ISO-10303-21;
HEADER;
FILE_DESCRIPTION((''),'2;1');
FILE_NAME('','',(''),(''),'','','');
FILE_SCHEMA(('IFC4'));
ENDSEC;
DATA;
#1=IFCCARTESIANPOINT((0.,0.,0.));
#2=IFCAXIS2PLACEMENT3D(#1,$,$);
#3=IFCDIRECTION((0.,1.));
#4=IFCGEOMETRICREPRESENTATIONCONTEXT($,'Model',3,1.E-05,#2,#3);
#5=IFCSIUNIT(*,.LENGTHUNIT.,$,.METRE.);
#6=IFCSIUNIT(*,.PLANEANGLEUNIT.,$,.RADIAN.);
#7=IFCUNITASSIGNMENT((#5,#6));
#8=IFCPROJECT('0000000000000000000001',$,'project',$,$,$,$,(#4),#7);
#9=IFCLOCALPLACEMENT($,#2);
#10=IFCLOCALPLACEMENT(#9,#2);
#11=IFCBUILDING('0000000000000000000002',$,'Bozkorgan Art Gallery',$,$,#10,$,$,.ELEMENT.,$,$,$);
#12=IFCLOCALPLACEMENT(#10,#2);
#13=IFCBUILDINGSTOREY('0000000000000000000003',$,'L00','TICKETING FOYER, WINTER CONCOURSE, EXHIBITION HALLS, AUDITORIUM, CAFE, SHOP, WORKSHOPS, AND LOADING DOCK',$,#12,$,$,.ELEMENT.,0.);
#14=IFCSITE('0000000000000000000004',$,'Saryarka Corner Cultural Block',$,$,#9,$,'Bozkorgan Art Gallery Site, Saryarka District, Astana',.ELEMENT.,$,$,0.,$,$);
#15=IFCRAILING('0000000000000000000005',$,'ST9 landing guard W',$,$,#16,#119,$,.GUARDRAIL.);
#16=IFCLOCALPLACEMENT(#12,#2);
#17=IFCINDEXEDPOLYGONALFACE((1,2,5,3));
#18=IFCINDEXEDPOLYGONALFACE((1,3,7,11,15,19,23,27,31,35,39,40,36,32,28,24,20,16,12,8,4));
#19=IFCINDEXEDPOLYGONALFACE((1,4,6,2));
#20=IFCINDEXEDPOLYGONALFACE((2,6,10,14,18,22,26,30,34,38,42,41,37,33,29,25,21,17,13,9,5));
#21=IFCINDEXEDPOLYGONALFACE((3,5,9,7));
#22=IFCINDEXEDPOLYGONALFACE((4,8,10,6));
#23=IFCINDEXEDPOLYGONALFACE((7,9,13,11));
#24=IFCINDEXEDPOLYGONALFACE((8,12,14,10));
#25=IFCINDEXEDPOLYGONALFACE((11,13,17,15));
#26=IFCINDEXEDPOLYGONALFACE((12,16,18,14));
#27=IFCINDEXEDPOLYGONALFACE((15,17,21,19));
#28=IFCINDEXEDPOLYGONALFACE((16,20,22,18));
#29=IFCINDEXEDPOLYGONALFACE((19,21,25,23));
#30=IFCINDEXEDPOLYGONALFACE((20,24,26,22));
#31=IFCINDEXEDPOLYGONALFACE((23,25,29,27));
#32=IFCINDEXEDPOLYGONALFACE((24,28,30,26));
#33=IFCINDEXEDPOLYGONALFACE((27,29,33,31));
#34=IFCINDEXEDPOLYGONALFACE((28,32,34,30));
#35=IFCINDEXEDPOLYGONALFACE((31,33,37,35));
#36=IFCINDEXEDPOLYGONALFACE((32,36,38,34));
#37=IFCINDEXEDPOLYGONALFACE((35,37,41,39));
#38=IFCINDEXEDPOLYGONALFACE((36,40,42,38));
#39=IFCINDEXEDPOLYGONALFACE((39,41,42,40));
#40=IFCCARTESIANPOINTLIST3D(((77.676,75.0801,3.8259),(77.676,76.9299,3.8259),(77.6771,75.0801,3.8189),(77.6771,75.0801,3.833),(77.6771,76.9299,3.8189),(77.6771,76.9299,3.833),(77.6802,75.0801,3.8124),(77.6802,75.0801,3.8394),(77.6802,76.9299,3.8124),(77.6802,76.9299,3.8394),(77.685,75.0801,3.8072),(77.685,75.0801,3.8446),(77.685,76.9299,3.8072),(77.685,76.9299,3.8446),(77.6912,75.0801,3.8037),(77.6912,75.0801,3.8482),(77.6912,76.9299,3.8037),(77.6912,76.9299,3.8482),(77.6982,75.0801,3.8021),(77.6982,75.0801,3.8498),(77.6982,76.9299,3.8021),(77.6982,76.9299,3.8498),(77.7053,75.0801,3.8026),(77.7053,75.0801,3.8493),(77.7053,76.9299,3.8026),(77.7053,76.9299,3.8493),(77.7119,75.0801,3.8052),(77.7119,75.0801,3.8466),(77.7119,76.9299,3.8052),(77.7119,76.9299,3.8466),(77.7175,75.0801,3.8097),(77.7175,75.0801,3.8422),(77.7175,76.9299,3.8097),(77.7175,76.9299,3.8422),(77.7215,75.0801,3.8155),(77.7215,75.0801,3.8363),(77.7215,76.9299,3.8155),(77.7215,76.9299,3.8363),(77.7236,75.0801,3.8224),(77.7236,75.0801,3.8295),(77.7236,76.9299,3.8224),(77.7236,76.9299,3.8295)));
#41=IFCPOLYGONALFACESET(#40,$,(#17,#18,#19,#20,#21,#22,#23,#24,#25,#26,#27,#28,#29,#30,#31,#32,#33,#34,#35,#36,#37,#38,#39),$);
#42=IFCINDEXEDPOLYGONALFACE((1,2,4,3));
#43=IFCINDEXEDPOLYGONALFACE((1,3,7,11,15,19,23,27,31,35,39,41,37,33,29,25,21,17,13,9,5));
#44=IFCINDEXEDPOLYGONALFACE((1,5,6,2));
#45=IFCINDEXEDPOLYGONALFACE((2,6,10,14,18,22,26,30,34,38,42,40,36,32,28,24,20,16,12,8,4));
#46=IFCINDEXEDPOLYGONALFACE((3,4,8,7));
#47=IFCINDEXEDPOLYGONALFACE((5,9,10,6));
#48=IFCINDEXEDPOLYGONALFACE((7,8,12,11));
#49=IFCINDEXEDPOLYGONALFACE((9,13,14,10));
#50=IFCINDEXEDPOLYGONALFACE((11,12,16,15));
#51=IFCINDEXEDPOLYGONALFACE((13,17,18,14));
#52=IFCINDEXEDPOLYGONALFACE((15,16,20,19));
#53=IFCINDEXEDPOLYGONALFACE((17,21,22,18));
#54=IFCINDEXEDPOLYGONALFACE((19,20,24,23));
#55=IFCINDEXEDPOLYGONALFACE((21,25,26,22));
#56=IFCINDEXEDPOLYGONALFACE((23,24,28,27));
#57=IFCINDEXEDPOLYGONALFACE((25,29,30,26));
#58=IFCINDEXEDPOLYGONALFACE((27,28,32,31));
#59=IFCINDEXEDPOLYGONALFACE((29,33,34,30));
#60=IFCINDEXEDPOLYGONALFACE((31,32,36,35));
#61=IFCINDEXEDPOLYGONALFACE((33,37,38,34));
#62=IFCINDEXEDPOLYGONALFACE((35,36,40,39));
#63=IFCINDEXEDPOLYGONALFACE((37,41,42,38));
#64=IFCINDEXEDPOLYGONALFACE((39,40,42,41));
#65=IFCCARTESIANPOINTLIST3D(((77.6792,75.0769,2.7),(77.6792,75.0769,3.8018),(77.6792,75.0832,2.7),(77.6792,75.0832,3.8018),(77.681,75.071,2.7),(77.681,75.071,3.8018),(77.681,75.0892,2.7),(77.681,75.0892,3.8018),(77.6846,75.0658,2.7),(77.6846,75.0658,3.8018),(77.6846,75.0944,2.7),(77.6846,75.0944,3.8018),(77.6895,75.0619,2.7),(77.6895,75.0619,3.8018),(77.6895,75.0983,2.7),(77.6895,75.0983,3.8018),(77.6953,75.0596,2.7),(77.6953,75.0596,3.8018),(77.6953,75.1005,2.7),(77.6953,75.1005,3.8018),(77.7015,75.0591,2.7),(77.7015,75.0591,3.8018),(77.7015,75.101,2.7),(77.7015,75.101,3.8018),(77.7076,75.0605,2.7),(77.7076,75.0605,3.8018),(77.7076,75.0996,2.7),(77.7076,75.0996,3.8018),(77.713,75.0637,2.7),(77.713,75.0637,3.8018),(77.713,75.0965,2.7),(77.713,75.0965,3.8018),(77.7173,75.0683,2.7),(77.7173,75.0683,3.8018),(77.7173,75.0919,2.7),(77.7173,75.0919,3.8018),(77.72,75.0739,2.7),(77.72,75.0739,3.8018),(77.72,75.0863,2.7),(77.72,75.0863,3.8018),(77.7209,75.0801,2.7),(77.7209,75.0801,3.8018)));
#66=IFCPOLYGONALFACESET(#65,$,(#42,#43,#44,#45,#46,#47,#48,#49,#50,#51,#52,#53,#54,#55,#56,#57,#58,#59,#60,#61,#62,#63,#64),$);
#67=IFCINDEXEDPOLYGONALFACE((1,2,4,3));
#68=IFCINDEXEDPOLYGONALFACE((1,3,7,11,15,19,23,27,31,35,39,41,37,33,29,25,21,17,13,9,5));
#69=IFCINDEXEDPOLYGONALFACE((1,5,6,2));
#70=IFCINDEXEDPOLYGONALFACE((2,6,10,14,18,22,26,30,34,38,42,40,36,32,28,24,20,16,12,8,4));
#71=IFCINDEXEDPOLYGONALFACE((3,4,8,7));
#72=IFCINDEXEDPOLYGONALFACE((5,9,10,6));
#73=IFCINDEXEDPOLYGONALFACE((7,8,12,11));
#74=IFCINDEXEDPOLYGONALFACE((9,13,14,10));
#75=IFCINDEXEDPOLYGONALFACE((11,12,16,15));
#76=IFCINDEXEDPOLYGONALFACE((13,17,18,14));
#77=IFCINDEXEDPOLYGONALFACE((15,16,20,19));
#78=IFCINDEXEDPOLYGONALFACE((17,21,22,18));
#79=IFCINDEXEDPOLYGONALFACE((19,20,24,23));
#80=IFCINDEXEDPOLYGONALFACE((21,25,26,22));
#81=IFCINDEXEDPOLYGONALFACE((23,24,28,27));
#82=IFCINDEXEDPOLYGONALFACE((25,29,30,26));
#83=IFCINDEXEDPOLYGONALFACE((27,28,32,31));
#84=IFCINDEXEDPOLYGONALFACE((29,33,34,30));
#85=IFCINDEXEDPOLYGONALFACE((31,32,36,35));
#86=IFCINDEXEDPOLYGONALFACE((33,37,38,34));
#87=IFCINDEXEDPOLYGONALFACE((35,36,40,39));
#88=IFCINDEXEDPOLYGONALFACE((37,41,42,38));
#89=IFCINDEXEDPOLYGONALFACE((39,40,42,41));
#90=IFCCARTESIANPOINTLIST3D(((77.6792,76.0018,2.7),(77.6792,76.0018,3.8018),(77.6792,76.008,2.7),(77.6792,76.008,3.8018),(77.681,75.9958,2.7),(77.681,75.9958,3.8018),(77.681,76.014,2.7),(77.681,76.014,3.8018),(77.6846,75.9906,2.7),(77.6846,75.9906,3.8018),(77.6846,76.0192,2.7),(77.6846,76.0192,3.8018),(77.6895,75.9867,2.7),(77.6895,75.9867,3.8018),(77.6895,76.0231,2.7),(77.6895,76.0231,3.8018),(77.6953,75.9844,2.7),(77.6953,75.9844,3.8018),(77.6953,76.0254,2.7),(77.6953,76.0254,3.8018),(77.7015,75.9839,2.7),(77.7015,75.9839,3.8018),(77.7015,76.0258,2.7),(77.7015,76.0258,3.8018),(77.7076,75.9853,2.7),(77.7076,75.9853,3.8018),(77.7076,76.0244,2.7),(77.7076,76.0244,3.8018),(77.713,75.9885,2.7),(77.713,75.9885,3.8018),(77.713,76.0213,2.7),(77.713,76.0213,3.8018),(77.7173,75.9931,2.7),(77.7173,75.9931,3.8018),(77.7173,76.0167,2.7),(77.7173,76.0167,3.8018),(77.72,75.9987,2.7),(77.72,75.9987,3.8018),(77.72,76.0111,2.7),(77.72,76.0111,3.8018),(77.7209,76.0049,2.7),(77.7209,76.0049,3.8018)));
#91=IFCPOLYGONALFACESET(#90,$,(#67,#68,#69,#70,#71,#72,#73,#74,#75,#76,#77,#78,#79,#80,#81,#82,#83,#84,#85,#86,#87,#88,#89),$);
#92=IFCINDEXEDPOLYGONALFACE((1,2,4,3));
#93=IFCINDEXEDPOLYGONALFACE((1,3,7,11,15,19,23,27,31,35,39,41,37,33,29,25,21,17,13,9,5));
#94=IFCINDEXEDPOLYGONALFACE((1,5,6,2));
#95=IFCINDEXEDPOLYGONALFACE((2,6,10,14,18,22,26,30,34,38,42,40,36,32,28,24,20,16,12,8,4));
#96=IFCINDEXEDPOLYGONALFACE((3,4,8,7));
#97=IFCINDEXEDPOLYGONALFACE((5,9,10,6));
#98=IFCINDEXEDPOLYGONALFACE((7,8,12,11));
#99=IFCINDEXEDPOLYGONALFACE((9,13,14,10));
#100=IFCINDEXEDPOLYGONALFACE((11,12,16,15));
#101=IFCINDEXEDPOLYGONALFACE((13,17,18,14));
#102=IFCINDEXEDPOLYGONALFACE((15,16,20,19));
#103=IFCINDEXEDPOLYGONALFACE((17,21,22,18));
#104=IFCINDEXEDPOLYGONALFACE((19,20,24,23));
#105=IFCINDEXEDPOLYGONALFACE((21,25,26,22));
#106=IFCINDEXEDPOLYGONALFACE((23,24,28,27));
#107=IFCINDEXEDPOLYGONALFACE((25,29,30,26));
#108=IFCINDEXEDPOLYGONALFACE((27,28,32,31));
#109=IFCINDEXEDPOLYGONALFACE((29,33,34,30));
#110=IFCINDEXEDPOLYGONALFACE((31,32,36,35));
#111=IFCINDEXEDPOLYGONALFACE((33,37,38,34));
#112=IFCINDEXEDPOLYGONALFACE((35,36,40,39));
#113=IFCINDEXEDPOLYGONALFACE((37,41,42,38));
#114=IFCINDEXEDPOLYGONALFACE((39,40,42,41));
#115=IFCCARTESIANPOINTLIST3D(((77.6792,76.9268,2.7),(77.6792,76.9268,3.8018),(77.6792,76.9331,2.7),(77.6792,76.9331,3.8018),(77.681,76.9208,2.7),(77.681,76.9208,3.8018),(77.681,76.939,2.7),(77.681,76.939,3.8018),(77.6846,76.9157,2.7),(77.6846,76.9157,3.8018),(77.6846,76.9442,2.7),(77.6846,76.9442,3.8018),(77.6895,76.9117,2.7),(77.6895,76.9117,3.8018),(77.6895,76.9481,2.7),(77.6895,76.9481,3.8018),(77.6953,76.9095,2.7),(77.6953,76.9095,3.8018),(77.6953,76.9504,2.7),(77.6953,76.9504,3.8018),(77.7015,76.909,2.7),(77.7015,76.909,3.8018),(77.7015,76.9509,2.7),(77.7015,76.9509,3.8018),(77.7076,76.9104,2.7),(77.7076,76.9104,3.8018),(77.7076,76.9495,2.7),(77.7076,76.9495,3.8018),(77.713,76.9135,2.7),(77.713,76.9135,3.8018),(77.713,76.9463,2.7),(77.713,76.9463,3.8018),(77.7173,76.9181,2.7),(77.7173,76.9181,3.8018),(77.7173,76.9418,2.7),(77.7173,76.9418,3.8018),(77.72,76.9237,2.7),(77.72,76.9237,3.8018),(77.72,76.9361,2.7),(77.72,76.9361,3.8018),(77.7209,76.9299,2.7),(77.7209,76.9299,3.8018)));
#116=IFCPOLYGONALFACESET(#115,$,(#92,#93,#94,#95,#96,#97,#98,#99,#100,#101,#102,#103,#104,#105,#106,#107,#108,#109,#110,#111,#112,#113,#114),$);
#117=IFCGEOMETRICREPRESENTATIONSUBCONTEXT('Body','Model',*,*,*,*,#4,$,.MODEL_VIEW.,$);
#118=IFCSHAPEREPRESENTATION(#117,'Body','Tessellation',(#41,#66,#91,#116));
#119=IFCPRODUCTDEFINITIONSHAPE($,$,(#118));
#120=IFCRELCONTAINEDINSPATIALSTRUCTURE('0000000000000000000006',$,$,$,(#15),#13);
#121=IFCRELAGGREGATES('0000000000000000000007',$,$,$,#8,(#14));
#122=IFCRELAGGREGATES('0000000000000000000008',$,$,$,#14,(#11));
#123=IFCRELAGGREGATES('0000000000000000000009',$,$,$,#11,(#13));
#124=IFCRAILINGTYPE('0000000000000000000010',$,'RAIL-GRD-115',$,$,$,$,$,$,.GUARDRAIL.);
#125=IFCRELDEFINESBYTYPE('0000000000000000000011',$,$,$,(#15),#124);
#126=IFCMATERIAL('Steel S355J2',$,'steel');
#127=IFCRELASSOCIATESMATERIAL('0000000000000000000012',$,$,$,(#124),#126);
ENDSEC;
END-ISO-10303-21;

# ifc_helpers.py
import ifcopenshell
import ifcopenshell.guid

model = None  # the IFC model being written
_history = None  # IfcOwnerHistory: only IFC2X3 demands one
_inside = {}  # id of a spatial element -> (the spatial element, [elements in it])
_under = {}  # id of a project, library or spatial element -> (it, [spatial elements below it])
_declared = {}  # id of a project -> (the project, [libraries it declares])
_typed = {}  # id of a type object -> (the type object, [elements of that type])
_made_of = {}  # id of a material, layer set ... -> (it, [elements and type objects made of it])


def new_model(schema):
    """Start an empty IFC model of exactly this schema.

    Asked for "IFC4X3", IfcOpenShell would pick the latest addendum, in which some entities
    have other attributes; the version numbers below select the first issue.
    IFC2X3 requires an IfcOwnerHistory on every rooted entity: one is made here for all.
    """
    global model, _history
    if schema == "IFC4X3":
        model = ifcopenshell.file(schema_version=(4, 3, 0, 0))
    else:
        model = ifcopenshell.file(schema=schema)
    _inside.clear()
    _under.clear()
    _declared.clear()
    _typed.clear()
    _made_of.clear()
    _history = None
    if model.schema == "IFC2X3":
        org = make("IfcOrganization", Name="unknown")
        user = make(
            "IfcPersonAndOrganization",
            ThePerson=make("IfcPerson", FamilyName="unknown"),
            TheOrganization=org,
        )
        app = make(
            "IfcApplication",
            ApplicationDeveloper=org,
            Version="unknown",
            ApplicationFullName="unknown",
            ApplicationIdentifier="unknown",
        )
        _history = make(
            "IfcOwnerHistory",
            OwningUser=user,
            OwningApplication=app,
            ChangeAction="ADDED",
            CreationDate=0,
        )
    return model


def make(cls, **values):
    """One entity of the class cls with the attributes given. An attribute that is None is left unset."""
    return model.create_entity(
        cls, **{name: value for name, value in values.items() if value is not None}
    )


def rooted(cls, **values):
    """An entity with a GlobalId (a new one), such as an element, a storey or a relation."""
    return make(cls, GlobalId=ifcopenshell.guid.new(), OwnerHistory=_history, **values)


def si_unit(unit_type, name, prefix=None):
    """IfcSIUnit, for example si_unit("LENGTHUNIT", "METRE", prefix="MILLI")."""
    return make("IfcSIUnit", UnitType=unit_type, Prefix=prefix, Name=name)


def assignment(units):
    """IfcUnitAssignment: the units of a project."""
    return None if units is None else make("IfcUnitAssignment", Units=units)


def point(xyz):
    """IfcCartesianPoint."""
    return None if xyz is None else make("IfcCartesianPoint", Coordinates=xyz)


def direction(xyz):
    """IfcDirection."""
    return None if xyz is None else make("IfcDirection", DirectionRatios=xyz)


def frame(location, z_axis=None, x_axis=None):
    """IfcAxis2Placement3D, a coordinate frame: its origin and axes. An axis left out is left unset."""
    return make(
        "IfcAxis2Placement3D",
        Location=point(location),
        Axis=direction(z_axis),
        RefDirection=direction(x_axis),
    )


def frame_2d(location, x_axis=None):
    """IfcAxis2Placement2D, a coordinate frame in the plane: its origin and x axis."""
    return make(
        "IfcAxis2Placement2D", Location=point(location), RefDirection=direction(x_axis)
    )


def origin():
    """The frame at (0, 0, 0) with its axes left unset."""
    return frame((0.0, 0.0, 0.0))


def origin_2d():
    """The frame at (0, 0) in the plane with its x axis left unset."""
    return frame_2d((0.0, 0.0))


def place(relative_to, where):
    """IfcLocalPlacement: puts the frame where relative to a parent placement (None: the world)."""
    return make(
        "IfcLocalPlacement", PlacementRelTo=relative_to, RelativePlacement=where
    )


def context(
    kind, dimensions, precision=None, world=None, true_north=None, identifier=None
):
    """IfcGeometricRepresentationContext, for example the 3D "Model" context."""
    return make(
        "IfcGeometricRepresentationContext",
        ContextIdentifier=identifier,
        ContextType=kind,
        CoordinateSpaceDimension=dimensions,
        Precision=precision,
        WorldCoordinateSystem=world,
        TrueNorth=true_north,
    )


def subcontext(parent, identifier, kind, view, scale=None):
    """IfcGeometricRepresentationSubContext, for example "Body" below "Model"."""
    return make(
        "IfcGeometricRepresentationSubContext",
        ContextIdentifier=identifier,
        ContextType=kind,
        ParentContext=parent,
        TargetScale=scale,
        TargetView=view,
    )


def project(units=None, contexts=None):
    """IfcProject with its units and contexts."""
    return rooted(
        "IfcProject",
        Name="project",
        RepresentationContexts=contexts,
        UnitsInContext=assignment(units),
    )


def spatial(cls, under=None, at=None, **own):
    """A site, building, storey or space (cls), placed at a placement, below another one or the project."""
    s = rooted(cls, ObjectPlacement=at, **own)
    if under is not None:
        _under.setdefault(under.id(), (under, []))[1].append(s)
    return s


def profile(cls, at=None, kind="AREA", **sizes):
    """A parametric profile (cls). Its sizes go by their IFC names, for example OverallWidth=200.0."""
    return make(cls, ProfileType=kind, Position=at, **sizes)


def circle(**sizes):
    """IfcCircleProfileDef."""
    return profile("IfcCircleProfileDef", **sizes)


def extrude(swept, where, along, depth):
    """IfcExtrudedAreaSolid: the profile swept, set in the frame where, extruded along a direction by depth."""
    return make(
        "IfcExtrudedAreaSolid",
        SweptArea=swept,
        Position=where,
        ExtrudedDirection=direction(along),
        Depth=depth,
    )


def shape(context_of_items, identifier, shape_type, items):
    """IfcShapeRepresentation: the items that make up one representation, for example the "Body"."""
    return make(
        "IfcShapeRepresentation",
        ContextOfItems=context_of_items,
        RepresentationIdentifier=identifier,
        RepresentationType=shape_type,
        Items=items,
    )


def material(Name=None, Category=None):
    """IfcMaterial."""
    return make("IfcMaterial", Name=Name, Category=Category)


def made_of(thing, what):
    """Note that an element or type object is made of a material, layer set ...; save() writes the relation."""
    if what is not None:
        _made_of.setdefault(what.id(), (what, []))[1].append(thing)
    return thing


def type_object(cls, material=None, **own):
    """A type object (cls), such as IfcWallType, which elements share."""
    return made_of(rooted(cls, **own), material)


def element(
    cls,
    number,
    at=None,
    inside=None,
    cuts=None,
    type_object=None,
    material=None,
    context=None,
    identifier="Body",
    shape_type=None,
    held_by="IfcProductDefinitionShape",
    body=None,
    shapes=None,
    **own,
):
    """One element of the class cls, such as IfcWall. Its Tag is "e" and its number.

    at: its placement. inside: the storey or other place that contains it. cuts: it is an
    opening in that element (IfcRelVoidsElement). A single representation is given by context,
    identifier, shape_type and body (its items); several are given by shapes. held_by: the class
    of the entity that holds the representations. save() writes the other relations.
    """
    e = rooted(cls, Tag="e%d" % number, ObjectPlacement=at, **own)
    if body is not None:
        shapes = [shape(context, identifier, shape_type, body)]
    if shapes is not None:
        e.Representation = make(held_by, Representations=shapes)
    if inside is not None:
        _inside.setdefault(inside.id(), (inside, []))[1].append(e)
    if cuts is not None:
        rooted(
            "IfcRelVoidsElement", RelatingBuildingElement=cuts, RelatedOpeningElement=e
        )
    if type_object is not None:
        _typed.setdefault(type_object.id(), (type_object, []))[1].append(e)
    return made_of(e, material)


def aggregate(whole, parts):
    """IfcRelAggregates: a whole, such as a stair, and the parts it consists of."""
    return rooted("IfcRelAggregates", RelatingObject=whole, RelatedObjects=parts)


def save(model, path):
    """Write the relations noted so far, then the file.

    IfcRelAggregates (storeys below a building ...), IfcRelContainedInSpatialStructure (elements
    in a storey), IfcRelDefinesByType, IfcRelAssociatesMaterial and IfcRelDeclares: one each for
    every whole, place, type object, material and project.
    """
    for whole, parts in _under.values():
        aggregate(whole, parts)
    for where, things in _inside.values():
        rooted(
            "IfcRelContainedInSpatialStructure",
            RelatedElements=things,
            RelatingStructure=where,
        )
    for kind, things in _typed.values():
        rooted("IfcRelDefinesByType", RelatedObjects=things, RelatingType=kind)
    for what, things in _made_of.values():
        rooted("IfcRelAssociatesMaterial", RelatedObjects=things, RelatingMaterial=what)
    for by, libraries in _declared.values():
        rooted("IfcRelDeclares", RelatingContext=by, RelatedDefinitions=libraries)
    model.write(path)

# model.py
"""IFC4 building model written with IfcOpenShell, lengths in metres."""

from ifc_helpers import new_model, si_unit, direction, frame, origin, origin_2d, place, context, subcontext, project, spatial, circle, extrude, material, type_object, element, save


model = new_model("IFC4")

# Units and contexts
model_context = context("Model", 3, precision=1e-05, world=origin(), true_north=direction((0.0, 1.0)))
body_context = subcontext(model_context, "Body", "Model", "MODEL_VIEW")
ifc_project = project(units=[si_unit("LENGTHUNIT", "METRE"), si_unit("PLANEANGLEUNIT", "RADIAN")], contexts=[model_context])

# Site, building, storey
site_placement = place(None, origin())
site = spatial("IfcSite", under=ifc_project, at=site_placement, Name="Saryarka Corner Cultural Block", LongName="Bozkorgan Art Gallery Site, Saryarka District, Astana", CompositionType="ELEMENT", RefElevation=0.0)
building_placement = place(site_placement, origin())
building = spatial("IfcBuilding", under=site, at=building_placement, Name="Bozkorgan Art Gallery", CompositionType="ELEMENT")
storey_placement = place(building_placement, origin())
storey = spatial("IfcBuildingStorey", under=building, at=storey_placement, Name="L00", Description="TICKETING FOYER, WINTER CONCOURSE, EXHIBITION HALLS, AUDITORIUM, CAFE, SHOP, WORKSHOPS, AND LOADING DOCK", CompositionType="ELEMENT", Elevation=0.0)

# Shared definitions
ifc_material_1 = material(Name="Steel S355J2", Category="steel")

# Railing
railing_type_1 = type_object("IfcRailingType", Name="RAIL-GRD-115", PredefinedType="GUARDRAIL", material=ifc_material_1)
railing_1_placement = place(storey_placement, frame((77.7, 75.0801, 2.7)))
element("IfcRailing", 1, at=railing_1_placement, inside=storey, type_object=railing_type_1, Name="ST9 landing guard W", PredefinedType="GUARDRAIL", context=body_context, shape_type="SweptSolid", body=[
    extrude(circle(Radius=0.0239, at=origin_2d()), frame((0.0, 0.0, 1.126), z_axis=(0.0, 1.0, 0.0), x_axis=(-1.0, 0.0, 0.0)), (0.0, 0.0, 1.0), 1.8499),
    extrude(circle(Radius=0.021, at=origin_2d()), origin(), (0.0, 0.0, 1.0), 1.1018),
    extrude(circle(Radius=0.021, at=origin_2d()), frame((0.0, 0.9248, 0.0)), (0.0, 0.0, 1.0), 1.1018),
    extrude(circle(Radius=0.021, at=origin_2d()), frame((0.0, 1.8499, 0.0)), (0.0, 0.0, 1.0), 1.1018),
])

save(model, "model.ifc")
